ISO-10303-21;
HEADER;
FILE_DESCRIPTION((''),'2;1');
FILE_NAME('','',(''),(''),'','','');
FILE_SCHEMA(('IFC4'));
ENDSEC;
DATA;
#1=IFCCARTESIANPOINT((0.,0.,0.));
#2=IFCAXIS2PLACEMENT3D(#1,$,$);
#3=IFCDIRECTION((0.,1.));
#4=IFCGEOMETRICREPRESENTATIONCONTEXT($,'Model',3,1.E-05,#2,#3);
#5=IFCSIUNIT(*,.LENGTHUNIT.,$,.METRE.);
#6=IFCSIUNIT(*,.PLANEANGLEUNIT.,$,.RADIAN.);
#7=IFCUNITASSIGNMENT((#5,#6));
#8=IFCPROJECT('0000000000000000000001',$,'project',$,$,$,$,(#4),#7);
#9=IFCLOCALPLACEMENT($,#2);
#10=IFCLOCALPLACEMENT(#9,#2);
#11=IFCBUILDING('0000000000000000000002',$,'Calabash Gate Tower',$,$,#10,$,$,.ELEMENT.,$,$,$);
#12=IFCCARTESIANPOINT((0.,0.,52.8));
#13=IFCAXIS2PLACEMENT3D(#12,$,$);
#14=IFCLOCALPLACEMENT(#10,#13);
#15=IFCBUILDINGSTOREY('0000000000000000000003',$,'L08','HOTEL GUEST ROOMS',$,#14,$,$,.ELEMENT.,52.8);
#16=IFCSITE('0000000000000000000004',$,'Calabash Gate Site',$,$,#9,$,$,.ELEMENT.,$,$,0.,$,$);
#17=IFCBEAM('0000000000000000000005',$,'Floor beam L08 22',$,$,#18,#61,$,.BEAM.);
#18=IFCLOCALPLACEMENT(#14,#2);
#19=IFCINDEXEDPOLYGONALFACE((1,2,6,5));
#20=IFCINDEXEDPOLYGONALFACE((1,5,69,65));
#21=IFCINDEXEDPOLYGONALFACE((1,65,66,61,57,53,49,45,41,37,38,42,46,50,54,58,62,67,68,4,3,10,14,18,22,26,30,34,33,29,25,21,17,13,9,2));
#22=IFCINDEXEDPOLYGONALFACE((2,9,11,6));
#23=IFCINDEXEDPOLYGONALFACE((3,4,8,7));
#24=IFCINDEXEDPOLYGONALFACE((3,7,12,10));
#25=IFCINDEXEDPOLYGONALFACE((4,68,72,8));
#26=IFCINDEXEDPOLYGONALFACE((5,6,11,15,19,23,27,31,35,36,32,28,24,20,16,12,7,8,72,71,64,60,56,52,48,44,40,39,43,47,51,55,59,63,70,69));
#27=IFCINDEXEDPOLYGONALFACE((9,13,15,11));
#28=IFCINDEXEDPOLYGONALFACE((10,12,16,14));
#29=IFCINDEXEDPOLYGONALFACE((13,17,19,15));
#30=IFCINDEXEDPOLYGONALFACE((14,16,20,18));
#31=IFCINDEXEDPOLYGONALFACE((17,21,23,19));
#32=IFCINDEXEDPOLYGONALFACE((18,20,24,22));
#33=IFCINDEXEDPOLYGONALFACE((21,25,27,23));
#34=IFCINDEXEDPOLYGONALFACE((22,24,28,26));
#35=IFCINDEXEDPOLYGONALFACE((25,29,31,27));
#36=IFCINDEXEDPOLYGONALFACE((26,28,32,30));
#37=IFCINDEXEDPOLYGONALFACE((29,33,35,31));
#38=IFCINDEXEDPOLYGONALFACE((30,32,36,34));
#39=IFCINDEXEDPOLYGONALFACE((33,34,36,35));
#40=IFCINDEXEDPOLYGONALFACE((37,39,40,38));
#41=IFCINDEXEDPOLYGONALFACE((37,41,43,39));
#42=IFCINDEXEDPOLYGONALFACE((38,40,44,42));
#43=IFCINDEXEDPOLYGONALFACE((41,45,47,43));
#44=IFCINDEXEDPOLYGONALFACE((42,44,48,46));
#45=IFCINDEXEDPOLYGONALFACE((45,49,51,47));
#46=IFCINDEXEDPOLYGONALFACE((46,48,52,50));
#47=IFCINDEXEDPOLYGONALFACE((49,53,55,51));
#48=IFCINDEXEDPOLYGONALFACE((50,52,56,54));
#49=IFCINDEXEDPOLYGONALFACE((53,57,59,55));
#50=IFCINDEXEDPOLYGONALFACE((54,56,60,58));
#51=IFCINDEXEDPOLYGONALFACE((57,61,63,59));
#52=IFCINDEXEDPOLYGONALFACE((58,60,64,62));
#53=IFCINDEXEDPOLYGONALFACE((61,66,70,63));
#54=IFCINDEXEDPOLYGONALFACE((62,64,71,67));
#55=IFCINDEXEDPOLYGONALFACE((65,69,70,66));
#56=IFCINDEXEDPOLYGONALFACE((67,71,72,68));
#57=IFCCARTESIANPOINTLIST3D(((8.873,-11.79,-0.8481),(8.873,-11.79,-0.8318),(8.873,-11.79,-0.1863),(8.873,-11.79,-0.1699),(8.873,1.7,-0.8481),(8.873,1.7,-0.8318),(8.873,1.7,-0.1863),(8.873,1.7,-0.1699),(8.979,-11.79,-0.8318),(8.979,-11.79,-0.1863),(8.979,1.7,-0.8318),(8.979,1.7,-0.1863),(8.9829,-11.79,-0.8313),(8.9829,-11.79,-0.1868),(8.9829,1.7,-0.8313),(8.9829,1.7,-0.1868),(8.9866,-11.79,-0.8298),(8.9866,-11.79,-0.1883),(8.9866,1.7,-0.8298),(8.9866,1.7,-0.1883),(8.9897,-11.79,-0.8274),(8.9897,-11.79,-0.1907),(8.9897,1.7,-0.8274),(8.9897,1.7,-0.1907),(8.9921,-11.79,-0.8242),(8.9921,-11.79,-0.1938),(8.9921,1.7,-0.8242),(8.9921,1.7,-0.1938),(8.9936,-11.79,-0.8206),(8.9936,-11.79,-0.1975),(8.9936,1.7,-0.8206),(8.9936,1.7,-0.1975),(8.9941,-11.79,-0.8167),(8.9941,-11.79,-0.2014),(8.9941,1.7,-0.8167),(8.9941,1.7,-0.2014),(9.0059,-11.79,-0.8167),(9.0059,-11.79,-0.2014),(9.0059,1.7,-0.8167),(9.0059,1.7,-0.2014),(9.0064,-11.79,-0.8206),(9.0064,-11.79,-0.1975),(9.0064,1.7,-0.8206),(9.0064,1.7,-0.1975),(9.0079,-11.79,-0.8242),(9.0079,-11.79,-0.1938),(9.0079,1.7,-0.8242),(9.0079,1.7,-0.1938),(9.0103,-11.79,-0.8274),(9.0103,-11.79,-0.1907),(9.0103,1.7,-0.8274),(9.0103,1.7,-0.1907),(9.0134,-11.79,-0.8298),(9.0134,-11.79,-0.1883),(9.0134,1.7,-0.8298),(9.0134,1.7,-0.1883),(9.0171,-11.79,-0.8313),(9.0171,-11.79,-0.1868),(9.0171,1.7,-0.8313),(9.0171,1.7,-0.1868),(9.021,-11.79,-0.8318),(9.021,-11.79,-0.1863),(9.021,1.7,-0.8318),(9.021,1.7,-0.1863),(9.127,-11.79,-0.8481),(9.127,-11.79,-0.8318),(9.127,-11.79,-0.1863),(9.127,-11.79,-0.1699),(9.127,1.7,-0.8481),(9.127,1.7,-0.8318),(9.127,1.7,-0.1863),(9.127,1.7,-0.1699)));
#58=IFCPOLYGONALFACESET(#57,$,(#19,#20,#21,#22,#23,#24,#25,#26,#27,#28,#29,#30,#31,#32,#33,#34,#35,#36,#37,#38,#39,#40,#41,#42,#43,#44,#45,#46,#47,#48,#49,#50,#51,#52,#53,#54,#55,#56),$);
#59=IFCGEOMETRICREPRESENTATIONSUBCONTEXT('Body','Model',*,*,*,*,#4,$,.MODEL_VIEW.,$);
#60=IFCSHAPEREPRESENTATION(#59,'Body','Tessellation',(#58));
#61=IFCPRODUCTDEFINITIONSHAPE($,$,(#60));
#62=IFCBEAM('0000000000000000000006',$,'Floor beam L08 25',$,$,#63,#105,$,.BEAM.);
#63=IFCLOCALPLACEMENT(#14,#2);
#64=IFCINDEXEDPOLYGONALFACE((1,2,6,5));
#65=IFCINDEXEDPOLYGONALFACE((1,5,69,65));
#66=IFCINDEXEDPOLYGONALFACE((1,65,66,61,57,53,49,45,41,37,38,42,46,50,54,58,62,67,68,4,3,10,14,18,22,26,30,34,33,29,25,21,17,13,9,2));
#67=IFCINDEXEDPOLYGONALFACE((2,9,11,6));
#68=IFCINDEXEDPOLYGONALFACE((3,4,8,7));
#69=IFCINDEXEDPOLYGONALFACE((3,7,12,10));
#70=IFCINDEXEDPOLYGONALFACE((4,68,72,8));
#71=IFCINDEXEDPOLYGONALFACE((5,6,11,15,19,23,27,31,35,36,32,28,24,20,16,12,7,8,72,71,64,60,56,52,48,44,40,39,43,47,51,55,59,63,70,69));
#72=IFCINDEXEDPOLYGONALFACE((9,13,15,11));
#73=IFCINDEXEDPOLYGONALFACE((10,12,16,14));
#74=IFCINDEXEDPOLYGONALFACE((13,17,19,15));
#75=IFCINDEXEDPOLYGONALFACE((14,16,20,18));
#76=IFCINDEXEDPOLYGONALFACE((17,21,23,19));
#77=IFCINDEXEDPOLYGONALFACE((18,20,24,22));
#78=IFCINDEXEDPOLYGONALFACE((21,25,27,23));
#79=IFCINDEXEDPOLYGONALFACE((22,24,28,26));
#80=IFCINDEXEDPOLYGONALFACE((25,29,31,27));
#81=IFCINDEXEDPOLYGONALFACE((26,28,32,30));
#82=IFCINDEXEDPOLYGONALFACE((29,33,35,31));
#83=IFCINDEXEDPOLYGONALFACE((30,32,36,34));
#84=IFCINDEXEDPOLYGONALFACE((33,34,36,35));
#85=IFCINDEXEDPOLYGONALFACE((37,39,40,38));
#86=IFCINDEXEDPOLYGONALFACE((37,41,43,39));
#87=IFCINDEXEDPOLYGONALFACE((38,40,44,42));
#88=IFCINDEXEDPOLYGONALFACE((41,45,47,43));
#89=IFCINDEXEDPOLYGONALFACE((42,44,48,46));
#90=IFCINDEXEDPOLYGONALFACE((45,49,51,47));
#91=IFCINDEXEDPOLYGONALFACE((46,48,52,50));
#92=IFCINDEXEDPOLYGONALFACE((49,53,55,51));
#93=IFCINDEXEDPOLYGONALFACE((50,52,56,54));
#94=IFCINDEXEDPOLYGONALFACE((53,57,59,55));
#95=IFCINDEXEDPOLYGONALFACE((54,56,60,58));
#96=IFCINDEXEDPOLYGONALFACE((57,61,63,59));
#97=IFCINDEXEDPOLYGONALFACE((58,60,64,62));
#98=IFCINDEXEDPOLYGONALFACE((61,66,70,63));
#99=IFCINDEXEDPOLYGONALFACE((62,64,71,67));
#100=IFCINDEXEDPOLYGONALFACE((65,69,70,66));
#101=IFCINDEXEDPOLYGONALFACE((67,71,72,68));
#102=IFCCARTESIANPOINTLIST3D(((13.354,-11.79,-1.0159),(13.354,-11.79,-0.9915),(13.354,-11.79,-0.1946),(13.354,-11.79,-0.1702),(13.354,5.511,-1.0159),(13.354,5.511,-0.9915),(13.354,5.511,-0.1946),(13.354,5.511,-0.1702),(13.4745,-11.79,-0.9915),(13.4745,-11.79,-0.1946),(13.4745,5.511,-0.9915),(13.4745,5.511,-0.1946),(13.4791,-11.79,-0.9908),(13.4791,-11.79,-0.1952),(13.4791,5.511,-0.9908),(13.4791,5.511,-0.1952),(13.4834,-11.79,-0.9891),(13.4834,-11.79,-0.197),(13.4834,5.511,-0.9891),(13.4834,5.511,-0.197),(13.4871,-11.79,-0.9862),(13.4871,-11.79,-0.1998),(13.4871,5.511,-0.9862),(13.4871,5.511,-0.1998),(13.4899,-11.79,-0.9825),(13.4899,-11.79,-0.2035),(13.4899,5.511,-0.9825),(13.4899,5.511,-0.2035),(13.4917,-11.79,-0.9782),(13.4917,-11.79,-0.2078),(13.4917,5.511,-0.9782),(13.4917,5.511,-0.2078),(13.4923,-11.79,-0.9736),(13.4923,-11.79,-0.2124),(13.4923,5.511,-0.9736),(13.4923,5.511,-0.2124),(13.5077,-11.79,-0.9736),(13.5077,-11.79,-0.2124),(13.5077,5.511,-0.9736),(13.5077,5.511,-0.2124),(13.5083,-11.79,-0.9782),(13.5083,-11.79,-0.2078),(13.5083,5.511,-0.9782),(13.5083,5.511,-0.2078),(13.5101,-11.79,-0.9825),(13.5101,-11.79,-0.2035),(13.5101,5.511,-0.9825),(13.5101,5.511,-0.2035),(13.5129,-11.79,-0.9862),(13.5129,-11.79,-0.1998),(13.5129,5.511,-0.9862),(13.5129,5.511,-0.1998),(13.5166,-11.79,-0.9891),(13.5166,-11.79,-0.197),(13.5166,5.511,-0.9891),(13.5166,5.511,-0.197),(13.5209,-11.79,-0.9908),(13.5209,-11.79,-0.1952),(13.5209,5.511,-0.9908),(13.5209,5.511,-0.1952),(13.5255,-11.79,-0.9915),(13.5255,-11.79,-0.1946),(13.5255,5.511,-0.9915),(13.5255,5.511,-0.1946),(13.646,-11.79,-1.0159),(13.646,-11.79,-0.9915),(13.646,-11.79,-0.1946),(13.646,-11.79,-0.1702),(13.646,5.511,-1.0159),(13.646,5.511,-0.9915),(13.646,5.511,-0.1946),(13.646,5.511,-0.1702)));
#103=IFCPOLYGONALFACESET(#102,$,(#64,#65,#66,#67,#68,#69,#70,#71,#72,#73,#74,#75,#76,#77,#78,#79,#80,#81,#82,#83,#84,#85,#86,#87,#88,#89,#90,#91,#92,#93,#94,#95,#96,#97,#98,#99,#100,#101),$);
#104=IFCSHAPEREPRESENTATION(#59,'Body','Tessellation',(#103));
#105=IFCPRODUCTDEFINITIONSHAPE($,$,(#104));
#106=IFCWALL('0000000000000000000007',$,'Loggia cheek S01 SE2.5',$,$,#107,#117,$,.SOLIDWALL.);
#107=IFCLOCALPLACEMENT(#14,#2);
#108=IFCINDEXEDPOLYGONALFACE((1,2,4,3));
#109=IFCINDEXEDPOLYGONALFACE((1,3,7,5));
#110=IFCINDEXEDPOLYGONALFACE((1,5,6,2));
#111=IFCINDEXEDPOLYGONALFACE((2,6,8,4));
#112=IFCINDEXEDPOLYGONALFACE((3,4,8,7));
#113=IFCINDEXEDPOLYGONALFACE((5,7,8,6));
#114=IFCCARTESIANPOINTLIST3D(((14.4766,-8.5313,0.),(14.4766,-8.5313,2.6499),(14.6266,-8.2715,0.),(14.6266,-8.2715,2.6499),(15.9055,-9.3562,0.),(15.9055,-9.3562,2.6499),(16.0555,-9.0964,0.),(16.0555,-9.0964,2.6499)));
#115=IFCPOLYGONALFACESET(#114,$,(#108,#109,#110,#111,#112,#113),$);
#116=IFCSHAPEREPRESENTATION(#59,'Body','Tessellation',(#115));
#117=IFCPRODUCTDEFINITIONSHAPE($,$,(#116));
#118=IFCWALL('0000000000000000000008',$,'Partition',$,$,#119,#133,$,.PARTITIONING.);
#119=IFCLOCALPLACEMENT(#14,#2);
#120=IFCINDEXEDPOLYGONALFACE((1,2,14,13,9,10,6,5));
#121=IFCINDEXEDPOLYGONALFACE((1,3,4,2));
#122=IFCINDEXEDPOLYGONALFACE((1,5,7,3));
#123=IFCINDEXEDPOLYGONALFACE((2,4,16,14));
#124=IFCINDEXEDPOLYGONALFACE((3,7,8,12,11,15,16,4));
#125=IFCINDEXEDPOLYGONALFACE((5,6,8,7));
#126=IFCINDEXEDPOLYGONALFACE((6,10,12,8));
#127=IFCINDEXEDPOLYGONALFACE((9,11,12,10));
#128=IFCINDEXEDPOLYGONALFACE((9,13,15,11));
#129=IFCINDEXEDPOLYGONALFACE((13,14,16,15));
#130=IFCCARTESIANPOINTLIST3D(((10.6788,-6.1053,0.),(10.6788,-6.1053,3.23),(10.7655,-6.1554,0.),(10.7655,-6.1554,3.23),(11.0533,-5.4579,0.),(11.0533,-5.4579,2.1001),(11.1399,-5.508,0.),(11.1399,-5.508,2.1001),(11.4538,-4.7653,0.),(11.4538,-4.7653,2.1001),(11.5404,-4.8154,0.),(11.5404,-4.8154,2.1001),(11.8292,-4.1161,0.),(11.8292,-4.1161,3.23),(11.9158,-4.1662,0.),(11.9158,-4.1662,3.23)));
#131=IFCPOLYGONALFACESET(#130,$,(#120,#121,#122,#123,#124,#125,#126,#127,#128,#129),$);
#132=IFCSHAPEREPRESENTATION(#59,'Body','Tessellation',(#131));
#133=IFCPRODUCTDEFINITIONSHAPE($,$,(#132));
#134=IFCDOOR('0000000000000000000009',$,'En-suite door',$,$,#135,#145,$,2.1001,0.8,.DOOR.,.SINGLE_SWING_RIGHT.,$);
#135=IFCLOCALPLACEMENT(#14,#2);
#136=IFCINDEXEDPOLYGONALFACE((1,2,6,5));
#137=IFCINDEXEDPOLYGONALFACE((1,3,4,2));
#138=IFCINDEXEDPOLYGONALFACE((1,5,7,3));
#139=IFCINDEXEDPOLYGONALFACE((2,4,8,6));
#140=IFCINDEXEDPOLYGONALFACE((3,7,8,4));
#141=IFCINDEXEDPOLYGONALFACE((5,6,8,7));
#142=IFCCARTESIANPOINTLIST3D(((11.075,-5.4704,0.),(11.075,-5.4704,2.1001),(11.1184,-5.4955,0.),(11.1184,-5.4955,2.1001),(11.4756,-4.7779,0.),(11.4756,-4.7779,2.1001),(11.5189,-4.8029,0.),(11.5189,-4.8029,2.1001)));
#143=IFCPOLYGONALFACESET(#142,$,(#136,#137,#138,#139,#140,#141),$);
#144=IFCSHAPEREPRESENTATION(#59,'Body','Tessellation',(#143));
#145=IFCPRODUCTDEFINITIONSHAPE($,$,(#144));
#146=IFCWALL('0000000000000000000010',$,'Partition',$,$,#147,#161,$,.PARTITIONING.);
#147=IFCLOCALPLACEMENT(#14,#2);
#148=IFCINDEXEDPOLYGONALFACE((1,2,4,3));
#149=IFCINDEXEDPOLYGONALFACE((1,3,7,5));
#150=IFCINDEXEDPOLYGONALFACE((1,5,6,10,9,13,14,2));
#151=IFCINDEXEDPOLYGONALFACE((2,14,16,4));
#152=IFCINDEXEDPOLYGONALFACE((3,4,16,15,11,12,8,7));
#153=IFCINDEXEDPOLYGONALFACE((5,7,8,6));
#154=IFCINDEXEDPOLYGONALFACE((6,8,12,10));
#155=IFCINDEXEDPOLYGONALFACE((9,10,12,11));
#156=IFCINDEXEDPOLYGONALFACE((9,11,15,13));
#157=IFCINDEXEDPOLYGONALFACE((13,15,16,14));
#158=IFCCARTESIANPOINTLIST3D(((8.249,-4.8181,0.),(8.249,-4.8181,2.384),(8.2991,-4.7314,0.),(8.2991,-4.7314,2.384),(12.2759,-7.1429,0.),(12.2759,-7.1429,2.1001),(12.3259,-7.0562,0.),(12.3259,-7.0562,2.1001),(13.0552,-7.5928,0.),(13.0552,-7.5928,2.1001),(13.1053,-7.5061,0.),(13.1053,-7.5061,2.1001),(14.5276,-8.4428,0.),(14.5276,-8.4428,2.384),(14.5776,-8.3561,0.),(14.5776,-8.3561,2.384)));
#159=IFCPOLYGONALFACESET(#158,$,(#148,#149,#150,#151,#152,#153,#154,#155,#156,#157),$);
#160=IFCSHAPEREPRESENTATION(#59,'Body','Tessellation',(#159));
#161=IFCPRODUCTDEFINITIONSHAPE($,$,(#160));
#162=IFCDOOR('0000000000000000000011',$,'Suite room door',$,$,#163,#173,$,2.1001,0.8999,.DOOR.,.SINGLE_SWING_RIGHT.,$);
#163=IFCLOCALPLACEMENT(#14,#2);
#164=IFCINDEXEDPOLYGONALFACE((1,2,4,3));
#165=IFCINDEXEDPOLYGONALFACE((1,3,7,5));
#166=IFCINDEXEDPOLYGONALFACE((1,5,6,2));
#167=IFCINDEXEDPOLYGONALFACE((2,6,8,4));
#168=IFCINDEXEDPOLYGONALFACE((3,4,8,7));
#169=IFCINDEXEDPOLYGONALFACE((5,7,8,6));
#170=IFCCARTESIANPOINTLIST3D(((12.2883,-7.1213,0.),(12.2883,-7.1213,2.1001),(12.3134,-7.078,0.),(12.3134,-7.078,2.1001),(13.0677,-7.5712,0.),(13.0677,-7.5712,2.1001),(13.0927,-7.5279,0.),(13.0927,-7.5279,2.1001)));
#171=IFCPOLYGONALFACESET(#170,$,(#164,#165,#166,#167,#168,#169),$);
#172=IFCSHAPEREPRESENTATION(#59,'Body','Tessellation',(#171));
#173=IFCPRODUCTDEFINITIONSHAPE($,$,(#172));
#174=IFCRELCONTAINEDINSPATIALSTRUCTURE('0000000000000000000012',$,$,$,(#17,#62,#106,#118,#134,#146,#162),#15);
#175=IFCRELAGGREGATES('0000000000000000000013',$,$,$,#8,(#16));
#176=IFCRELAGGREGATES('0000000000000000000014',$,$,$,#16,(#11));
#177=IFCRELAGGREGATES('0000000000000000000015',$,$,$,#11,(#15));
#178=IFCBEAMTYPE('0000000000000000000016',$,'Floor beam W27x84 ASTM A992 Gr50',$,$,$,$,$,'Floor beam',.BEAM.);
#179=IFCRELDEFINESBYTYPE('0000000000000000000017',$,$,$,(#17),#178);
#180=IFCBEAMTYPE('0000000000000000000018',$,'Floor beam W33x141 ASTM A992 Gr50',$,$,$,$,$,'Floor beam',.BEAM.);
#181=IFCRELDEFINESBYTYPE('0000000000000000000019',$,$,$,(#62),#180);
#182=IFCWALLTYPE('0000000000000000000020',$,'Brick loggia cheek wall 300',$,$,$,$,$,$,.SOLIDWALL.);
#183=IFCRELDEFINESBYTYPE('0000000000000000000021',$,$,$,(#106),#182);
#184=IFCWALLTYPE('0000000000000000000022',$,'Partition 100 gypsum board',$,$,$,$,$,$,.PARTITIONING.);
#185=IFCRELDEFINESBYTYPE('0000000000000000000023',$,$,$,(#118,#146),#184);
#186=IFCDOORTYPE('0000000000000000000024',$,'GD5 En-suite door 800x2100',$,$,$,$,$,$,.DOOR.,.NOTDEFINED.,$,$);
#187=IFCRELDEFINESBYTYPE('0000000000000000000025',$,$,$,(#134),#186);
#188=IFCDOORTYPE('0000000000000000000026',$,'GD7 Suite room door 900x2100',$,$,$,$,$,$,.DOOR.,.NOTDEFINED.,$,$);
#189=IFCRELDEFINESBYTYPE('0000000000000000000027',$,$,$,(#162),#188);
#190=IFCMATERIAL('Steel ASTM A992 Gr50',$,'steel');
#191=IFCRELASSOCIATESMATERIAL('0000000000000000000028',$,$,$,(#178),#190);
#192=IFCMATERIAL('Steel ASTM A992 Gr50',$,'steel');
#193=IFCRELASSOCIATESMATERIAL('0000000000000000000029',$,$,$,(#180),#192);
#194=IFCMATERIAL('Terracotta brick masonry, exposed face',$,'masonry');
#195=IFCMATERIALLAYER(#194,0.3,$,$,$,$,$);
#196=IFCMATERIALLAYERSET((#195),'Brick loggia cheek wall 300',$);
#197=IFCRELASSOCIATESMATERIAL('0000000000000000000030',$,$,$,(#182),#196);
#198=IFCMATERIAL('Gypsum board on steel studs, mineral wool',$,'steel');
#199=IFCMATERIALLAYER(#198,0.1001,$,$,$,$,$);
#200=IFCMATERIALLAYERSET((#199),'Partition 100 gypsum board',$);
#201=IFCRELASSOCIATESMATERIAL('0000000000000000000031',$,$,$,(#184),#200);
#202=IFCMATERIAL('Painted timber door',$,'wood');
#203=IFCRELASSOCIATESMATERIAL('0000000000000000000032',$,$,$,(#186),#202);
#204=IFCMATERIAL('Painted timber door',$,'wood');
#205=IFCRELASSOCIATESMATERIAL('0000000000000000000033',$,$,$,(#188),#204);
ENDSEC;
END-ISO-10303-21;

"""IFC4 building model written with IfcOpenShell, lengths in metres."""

from ifc_helpers import new_model, si_unit, direction, frame, frame_2d, origin, origin_2d, place, context, subcontext, project, spatial, rectangle, i_section, extrude, material, layer, layer_set, material_profile, profile_set, type_object, element, fill, save


model = new_model("IFC4")

# Units and contexts
model_context = context("Model", 3, precision=1e-05, world=origin(), true_north=direction((0.0, 1.0)))
body_context = subcontext(model_context, "Body", "Model", "MODEL_VIEW")
ifc_project = project(units=[si_unit("LENGTHUNIT", "METRE"), si_unit("PLANEANGLEUNIT", "RADIAN")], contexts=[model_context])

# Site, building, storey
site_placement = place(None, origin())
site = spatial("IfcSite", under=ifc_project, at=site_placement, Name="Calabash Gate Site", CompositionType="ELEMENT", RefElevation=0.0)
building_placement = place(site_placement, origin())
building = spatial("IfcBuilding", under=site, at=building_placement, Name="Calabash Gate Tower", CompositionType="ELEMENT")
storey_placement = place(building_placement, frame((0.0, 0.0, 52.8)))
storey = spatial("IfcBuildingStorey", under=building, at=storey_placement, Name="L08", Description="HOTEL GUEST ROOMS", CompositionType="ELEMENT", Elevation=52.8)

# Beams
ifc_material_1 = material(Name="Steel ASTM A992 Gr50", Category="steel")
ifc_material_profile_1 = material_profile(ifc_material_1, i_section(OverallWidth=0.2539, OverallDepth=0.6782, WebThickness=0.0117, FlangeThickness=0.0164, FilletRadius=0.0151, at=origin_2d()))
ifc_profile_set_1 = profile_set([ifc_material_profile_1], Name="Steel ASTM A992 Gr50")
beam_type_1 = type_object("IfcBeamType", Name="Floor beam W27x84 ASTM A992 Gr50", ElementType="Floor beam", PredefinedType="BEAM", material=ifc_profile_set_1)
beam_1_placement = place(storey_placement, frame((9.0, -11.79, -0.509), z_axis=(0.0, 1.0, 0.0), x_axis=(-1.0, 0.0, 0.0)))
element("IfcBeam", 1, at=beam_1_placement, inside=storey, type_object=beam_type_1, Name="Floor beam L08 22", PredefinedType="BEAM", context=body_context, shape_type="SweptSolid", body=[
    extrude(i_section(OverallWidth=0.2539, OverallDepth=0.6782, WebThickness=0.0117, FlangeThickness=0.0164, FilletRadius=0.0151, at=origin_2d()), origin(), (0.0, 0.0, 1.0), 13.49),
])
ifc_material_2 = material(Name="Steel ASTM A992 Gr50", Category="steel")
ifc_material_profile_2 = material_profile(ifc_material_2, i_section(OverallWidth=0.292, OverallDepth=0.8457, WebThickness=0.0154, FlangeThickness=0.0244, FilletRadius=0.0178, at=origin_2d()))
ifc_profile_set_2 = profile_set([ifc_material_profile_2], Name="Steel ASTM A992 Gr50")
beam_type_2 = type_object("IfcBeamType", Name="Floor beam W33x141 ASTM A992 Gr50", ElementType="Floor beam", PredefinedType="BEAM", material=ifc_profile_set_2)
beam_2_placement = place(storey_placement, frame((13.5, -11.79, -0.593), z_axis=(0.0, 1.0, 0.0), x_axis=(-1.0, 0.0, 0.0)))
element("IfcBeam", 2, at=beam_2_placement, inside=storey, type_object=beam_type_2, Name="Floor beam L08 25", PredefinedType="BEAM", context=body_context, shape_type="SweptSolid", body=[
    extrude(i_section(OverallWidth=0.292, OverallDepth=0.8457, WebThickness=0.0154, FlangeThickness=0.0244, FilletRadius=0.0178, at=origin_2d()), origin(), (0.0, 0.0, 1.0), 17.301),
])

# Wall
ifc_material_3 = material(Name="Terracotta brick masonry, exposed face", Category="masonry")
ifc_layer_1 = layer(ifc_material_3, 0.3)
ifc_layer_set_1 = layer_set([ifc_layer_1], Name="Brick loggia cheek wall 300")
wall_type_1 = type_object("IfcWallType", Name="Brick loggia cheek wall 300", PredefinedType="SOLIDWALL", material=ifc_layer_set_1)
wall_1_placement = place(storey_placement, frame((15.9805, -9.2263, 0.0), z_axis=(0.0, 0.0, 1.0), x_axis=(-0.86604, 0.499974, 0.0)))
element("IfcWall", 3, at=wall_1_placement, inside=storey, type_object=wall_type_1, Name="Loggia cheek S01 SE2.5", PredefinedType="SOLIDWALL", context=body_context, shape_type="SweptSolid", body=[
    extrude(rectangle(XDim=1.6499, YDim=0.3, at=frame_2d((0.825, 0.0))), origin(), (0.0, 0.0, 1.0), 2.6499),
])

# Walls, openings, doors
ifc_material_4 = material(Name="Gypsum board on steel studs, mineral wool", Category="steel")
ifc_layer_2 = layer(ifc_material_4, 0.1001)
ifc_layer_set_2 = layer_set([ifc_layer_2], Name="Partition 100 gypsum board")
wall_type_2 = type_object("IfcWallType", Name="Partition 100 gypsum board", PredefinedType="PARTITIONING", material=ifc_layer_set_2)
wall_2_placement = place(storey_placement, frame((10.7222, -6.1304, 0.0), z_axis=(0.0, 0.0, 1.0), x_axis=(0.500617, 0.865669, 0.0)))
wall_2 = element("IfcWall", 4, at=wall_2_placement, inside=storey, type_object=wall_type_2, Name="Partition", PredefinedType="PARTITIONING", context=body_context, shape_type="SweptSolid", body=[
    extrude(rectangle(XDim=2.2979, YDim=0.1001, at=frame_2d((1.1489, 0.0))), origin(), (0.0, 0.0, 1.0), 3.23),
])
opening_1_placement = place(wall_2_placement, frame((0.748, 0.0, 0.0)))
opening_1 = element("IfcOpeningElement", 5, at=opening_1_placement, cuts=wall_2, PredefinedType="OPENING", context=body_context, shape_type="SweptSolid", body=[
    extrude(rectangle(XDim=0.8, YDim=2.1001, at=frame_2d((0.3999, 1.05))), frame((0.0, 0.0601, 0.0), z_axis=(0.0, -1.0, 0.0), x_axis=(1.0, 0.0, 0.0)), (0.0, 0.0, 1.0), 0.1201),
])
ifc_material_5 = material(Name="Painted timber door", Category="wood")
door_type_1 = type_object("IfcDoorType", Name="GD5 En-suite door 800x2100", OperationType="NOTDEFINED", PredefinedType="DOOR", material=ifc_material_5)
door_1_placement = place(opening_1_placement, origin())
door_1 = element("IfcDoor", 6, at=door_1_placement, inside=storey, type_object=door_type_1, Name="En-suite door", OperationType="SINGLE_SWING_RIGHT", OverallHeight=2.1001, OverallWidth=0.8, PredefinedType="DOOR", context=body_context, shape_type="SweptSolid", body=[
    extrude(rectangle(XDim=0.8, YDim=2.1001, at=frame_2d((0.3999, 1.05))), frame((0.0, 0.0249, 0.0), z_axis=(0.0, -1.0, 0.0), x_axis=(1.0, 0.0, 0.0)), (0.0, 0.0, 1.0), 0.05),
])
fill(opening_1, door_1)
wall_3_placement = place(storey_placement, frame((8.2739, -4.7747, 0.0), z_axis=(0.0, 0.0, 1.0), x_axis=(0.866036, -0.499982, 0.0)))
wall_3 = element("IfcWall", 7, at=wall_3_placement, inside=storey, type_object=wall_type_2, Name="Partition", PredefinedType="PARTITIONING", context=body_context, shape_type="SweptSolid", body=[
    extrude(rectangle(XDim=7.2498, YDim=0.1001, at=frame_2d((3.625, 0.0))), origin(), (0.0, 0.0, 1.0), 2.384),
])
opening_2_placement = place(wall_3_placement, frame((4.6499, 0.0, 0.0)))
opening_2 = element("IfcOpeningElement", 8, at=opening_2_placement, cuts=wall_3, PredefinedType="OPENING", context=body_context, shape_type="SweptSolid", body=[
    extrude(rectangle(XDim=0.8999, YDim=2.1001, at=frame_2d((0.45, 1.05))), frame((0.0, 0.0601, 0.0), z_axis=(0.0, -1.0, 0.0), x_axis=(1.0, 0.0, 0.0)), (0.0, 0.0, 1.0), 0.1201),
])
ifc_material_6 = material(Name="Painted timber door", Category="wood")
door_type_2 = type_object("IfcDoorType", Name="GD7 Suite room door 900x2100", OperationType="NOTDEFINED", PredefinedType="DOOR", material=ifc_material_6)
door_2_placement = place(opening_2_placement, origin())
door_2 = element("IfcDoor", 9, at=door_2_placement, inside=storey, type_object=door_type_2, Name="Suite room door", OperationType="SINGLE_SWING_RIGHT", OverallHeight=2.1001, OverallWidth=0.8999, PredefinedType="DOOR", context=body_context, shape_type="SweptSolid", body=[
    extrude(rectangle(XDim=0.8999, YDim=2.1001, at=frame_2d((0.45, 1.05))), frame((0.0, 0.0249, 0.0), z_axis=(0.0, -1.0, 0.0), x_axis=(1.0, 0.0, 0.0)), (0.0, 0.0, 1.0), 0.05),
])
fill(opening_2, door_2)

save(model, "model.ifc")
